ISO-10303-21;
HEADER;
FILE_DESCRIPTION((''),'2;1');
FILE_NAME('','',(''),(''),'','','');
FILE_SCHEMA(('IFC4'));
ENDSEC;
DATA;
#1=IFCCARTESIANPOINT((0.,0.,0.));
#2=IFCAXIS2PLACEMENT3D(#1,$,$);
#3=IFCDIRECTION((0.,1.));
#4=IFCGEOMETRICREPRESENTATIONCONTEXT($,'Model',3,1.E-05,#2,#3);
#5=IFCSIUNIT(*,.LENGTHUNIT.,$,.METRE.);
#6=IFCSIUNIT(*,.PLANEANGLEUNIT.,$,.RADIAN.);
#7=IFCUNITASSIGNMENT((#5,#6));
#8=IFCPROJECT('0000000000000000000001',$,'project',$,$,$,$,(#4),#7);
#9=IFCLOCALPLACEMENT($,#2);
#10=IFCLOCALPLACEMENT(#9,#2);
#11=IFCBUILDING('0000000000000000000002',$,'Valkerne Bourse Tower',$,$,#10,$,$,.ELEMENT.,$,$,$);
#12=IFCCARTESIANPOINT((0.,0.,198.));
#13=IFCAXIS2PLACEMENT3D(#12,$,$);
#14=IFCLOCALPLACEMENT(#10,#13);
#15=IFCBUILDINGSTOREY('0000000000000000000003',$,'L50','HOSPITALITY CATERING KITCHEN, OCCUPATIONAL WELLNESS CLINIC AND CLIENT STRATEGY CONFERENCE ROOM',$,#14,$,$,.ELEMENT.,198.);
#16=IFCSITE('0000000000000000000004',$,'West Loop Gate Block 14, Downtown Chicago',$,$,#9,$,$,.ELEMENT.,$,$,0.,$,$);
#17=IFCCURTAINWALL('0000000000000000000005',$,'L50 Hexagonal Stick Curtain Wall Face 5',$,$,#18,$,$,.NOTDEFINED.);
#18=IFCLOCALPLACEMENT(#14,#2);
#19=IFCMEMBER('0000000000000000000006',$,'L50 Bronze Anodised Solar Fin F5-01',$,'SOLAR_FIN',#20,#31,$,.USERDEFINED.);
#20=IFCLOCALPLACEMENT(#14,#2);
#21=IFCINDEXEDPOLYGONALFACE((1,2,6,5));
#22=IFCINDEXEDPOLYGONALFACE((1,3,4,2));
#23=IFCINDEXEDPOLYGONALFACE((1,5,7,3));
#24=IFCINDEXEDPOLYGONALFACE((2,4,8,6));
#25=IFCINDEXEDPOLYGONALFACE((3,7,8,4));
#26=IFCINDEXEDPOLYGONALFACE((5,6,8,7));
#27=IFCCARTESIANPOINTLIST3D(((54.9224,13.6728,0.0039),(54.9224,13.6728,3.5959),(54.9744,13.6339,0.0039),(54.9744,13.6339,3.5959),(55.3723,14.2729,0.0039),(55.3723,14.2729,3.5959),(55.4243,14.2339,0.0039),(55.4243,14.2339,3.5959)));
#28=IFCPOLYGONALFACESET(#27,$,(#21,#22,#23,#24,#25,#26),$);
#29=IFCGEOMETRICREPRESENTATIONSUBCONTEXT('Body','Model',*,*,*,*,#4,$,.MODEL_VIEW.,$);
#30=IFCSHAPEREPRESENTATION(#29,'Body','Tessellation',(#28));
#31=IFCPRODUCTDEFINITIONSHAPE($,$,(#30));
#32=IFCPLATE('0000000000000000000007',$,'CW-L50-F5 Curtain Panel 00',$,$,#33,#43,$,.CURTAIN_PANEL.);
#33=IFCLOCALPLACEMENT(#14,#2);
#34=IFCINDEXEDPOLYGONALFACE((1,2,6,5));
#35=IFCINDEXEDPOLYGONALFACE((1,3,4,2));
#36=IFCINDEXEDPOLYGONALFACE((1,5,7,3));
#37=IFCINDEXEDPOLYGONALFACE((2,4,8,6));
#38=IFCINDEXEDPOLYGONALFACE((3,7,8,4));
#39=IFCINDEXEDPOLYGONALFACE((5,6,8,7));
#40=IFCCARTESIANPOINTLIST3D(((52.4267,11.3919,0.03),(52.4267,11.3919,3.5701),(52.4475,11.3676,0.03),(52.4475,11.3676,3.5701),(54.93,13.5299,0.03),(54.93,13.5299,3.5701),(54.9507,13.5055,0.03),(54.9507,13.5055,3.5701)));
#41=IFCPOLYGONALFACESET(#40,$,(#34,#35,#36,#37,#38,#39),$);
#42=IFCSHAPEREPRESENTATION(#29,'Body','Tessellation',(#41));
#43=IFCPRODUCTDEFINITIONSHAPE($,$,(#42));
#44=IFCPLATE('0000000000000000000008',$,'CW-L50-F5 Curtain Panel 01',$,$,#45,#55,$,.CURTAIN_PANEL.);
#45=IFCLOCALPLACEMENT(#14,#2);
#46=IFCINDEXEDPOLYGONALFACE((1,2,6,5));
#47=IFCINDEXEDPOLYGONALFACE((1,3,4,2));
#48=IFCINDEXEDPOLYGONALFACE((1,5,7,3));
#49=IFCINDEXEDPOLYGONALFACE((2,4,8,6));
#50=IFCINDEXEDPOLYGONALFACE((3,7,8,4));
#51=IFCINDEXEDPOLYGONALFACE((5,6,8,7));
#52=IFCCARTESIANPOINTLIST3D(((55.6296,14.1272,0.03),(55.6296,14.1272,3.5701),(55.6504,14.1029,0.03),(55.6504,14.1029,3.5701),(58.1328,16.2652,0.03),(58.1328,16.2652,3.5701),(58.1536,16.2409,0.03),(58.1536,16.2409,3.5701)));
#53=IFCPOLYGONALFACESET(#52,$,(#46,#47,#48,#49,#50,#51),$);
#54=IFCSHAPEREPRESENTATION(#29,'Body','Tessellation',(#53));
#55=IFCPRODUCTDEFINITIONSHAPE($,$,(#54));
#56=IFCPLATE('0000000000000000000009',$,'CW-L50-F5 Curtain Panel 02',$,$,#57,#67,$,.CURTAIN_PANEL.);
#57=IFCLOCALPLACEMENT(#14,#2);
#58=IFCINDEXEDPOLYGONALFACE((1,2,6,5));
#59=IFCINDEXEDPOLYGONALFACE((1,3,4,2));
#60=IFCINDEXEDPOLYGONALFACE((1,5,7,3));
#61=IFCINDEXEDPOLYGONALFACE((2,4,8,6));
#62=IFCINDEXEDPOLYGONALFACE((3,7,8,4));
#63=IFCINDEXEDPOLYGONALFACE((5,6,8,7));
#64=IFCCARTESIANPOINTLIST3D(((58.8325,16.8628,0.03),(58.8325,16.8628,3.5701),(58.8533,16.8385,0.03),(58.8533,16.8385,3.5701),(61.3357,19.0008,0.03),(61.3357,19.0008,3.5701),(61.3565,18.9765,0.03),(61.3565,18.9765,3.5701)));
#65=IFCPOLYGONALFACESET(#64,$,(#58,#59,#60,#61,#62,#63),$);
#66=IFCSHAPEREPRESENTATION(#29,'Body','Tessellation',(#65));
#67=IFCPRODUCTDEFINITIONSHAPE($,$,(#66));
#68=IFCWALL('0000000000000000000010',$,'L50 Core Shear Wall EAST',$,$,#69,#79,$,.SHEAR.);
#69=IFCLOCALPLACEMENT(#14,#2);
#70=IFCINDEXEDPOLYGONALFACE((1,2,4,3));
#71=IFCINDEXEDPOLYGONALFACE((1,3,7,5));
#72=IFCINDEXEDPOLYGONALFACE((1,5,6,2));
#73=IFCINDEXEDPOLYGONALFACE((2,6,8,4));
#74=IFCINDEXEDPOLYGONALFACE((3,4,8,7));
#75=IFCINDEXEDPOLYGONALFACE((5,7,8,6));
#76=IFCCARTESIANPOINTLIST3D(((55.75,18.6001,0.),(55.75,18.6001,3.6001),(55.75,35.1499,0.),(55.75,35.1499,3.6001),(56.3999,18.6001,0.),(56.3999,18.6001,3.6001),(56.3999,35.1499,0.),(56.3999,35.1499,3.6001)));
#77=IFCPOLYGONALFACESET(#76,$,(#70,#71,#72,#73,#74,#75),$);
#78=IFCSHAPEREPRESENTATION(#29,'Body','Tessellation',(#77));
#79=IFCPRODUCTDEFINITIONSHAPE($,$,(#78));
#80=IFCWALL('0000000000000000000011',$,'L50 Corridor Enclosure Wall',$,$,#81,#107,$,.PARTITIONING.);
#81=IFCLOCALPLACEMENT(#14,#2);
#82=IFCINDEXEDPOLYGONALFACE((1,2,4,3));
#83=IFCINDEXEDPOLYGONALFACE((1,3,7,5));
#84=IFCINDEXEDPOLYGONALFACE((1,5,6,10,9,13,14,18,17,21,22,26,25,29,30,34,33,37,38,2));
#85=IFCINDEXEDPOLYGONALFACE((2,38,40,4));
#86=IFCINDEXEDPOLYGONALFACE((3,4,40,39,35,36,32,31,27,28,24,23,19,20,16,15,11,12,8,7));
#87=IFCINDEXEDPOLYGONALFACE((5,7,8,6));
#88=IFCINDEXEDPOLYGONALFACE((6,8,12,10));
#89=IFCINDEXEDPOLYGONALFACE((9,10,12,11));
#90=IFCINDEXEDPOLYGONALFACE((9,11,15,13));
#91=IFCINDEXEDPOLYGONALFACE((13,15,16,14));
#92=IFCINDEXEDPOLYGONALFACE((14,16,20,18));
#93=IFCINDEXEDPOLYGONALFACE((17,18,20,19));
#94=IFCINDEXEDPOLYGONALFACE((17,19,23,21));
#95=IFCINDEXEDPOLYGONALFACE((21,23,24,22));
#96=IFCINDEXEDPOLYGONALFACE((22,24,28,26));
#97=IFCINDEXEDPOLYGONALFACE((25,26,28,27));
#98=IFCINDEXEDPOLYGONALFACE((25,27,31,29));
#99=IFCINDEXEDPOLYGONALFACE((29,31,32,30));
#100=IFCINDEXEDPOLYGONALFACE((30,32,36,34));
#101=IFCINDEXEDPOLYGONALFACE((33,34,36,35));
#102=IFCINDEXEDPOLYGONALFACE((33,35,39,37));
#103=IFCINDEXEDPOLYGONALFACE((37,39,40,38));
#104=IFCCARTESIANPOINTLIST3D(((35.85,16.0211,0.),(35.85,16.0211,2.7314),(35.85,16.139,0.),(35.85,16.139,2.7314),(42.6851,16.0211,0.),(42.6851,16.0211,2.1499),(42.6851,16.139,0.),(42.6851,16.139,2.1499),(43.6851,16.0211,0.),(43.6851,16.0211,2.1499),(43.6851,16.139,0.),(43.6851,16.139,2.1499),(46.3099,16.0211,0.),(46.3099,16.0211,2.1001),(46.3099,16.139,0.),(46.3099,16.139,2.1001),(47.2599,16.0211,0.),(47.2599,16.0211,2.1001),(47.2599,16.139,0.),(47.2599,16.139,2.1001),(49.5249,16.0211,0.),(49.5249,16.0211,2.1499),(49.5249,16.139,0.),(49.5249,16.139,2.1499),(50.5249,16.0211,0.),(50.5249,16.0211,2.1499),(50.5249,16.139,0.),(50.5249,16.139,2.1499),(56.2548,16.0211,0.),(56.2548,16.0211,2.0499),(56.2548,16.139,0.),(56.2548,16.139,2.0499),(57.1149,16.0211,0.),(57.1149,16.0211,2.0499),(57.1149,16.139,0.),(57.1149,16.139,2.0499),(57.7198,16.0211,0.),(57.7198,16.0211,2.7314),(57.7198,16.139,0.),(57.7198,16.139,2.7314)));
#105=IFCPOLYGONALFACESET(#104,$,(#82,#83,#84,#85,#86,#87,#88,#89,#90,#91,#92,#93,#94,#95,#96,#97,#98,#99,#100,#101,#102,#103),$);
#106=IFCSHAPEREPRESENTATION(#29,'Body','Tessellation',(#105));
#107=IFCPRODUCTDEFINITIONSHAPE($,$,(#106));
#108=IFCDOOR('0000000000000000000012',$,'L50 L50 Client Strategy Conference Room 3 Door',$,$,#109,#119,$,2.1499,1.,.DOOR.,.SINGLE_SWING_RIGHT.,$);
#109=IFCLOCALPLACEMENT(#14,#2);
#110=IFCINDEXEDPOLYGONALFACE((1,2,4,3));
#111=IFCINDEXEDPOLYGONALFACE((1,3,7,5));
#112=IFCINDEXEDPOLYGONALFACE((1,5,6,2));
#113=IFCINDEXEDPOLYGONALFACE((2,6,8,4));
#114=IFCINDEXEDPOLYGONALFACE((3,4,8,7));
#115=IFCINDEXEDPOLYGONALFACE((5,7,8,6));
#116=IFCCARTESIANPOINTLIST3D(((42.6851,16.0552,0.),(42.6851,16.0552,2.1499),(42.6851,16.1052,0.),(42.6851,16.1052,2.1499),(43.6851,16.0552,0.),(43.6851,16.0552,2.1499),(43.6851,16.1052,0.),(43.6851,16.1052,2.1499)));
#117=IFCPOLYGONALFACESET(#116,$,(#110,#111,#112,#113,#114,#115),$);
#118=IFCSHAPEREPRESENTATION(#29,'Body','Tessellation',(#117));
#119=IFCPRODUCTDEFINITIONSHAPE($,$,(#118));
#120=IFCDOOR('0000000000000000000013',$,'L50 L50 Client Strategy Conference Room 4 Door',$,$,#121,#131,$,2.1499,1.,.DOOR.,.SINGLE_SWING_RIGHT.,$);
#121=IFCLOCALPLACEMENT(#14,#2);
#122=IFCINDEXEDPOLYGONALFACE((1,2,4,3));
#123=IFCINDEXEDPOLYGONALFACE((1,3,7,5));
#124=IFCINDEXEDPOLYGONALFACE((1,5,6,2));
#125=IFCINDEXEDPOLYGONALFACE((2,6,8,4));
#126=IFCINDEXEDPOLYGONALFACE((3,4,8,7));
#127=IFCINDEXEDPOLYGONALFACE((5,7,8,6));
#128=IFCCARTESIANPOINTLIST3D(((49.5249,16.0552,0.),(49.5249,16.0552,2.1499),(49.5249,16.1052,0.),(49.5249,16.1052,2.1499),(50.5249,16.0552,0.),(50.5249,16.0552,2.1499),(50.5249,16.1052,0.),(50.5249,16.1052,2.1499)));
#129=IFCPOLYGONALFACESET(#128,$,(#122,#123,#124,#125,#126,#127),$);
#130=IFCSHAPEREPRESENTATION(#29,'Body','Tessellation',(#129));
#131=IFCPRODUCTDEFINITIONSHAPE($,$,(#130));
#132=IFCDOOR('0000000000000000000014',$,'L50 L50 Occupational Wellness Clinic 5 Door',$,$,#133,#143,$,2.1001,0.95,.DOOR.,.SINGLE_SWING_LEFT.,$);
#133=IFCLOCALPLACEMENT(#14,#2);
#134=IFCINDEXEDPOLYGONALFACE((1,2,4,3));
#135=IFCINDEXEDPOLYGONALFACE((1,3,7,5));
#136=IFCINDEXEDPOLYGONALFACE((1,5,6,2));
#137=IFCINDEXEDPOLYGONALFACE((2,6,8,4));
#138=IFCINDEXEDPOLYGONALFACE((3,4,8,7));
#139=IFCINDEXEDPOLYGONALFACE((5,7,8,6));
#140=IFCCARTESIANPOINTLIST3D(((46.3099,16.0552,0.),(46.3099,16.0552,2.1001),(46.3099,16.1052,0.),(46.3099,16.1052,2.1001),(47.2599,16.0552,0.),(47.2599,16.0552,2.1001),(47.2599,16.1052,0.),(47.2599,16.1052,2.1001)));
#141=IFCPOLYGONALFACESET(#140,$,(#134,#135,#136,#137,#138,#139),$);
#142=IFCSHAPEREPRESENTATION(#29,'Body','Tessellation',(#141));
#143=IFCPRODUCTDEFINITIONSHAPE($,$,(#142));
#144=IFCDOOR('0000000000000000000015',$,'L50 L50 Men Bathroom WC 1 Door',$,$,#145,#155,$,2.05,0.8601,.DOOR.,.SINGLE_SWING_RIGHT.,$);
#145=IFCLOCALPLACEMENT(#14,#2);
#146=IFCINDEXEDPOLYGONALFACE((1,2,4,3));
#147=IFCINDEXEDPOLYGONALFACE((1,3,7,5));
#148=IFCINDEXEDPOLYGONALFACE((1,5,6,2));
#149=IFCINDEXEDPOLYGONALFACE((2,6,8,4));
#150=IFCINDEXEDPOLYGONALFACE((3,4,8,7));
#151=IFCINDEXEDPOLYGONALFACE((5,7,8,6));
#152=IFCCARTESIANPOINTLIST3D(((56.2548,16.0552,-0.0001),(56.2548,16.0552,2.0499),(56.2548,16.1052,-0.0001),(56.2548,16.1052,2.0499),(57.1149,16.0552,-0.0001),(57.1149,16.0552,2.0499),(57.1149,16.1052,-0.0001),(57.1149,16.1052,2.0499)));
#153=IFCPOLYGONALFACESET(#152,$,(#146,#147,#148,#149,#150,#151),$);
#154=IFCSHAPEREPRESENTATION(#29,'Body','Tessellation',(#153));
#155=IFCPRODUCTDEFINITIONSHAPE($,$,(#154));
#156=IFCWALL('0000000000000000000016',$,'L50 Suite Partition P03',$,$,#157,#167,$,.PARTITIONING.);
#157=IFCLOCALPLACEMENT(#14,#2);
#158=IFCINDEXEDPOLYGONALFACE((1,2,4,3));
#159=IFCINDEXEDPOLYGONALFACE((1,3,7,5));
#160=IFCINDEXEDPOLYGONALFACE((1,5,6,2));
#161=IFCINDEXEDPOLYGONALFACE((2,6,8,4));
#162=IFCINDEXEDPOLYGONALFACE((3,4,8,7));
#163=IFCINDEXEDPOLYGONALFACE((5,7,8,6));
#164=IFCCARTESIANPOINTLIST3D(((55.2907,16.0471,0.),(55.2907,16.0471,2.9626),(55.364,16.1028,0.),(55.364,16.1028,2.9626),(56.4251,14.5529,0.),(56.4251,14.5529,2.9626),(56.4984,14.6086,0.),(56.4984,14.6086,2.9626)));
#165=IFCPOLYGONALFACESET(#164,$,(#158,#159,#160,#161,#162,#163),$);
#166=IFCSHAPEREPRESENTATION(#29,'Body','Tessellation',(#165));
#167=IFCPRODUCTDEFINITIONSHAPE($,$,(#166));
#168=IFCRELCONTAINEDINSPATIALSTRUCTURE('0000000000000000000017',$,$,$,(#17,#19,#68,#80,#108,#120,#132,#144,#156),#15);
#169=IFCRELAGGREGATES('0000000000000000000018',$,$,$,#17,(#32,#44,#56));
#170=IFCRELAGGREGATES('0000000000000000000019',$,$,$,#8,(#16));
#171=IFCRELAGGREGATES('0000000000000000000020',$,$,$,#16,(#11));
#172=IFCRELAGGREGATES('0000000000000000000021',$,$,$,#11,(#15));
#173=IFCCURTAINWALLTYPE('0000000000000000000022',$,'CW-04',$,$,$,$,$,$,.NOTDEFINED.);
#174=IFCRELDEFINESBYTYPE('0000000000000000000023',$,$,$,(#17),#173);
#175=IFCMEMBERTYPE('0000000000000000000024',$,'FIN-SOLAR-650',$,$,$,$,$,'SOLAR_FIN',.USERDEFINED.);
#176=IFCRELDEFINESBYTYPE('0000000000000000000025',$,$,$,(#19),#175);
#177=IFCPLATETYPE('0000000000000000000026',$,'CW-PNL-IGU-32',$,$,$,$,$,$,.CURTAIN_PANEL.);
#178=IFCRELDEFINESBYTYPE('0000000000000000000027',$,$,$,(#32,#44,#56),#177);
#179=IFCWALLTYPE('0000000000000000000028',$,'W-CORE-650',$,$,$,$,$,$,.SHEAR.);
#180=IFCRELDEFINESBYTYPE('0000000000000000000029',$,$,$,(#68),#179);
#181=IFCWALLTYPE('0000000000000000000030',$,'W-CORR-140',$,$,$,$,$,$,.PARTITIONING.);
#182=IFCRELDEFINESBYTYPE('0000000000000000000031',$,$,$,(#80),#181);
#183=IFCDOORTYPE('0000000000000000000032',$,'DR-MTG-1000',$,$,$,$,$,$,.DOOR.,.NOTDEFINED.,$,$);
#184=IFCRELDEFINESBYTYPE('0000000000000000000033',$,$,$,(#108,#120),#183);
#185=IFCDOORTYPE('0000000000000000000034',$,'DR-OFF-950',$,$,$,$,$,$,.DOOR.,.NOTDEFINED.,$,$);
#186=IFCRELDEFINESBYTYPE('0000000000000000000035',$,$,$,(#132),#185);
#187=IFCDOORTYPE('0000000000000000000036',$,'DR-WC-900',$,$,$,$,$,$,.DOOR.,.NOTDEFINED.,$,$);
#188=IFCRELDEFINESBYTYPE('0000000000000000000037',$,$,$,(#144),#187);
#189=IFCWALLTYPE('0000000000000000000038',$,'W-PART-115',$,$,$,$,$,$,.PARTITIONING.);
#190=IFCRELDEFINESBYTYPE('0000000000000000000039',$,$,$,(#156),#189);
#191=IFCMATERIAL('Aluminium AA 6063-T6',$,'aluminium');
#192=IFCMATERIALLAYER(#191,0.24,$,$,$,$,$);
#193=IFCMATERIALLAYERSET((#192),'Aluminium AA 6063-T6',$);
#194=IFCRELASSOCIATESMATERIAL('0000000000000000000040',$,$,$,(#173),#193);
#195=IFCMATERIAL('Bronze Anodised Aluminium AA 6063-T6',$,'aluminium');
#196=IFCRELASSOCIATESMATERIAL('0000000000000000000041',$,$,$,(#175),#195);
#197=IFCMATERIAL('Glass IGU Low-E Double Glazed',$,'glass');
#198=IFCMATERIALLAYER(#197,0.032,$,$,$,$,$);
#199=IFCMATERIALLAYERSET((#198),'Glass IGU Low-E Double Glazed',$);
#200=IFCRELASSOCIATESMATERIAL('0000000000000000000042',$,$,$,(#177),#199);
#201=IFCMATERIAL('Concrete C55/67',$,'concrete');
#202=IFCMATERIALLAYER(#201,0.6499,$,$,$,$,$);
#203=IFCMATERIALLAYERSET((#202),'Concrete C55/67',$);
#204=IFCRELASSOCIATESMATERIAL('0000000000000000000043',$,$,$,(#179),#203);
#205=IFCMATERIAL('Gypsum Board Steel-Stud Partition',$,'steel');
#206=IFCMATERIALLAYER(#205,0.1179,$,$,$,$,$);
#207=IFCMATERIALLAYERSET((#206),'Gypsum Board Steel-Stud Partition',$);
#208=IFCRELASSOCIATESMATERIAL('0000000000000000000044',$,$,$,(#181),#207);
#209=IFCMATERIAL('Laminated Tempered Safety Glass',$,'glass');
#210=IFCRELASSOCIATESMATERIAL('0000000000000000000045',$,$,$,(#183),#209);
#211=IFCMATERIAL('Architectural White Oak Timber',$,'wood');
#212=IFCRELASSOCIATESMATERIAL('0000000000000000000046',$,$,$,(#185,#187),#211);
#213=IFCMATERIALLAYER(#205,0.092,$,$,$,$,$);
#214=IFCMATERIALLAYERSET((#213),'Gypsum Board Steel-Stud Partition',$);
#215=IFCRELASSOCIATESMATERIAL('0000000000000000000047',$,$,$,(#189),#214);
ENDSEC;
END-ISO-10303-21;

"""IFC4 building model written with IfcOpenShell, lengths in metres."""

from ifc_helpers import new_model, si_unit, direction, frame, frame_2d, origin, origin_2d, place, context, subcontext, project, spatial, rectangle, extrude, material, layer, layer_set, material_profile, profile_set, type_object, element, fill, aggregate, save


model = new_model("IFC4")

# Units and contexts
model_context = context("Model", 3, precision=1e-05, world=origin(), true_north=direction((0.0, 1.0)))
body_context = subcontext(model_context, "Body", "Model", "MODEL_VIEW")
ifc_project = project(units=[si_unit("LENGTHUNIT", "METRE"), si_unit("PLANEANGLEUNIT", "RADIAN")], contexts=[model_context])

# Site, building, storey
site_placement = place(None, origin())
site = spatial("IfcSite", under=ifc_project, at=site_placement, Name="West Loop Gate Block 14, Downtown Chicago", CompositionType="ELEMENT", RefElevation=0.0)
building_placement = place(site_placement, origin())
building = spatial("IfcBuilding", under=site, at=building_placement, Name="Valkerne Bourse Tower", CompositionType="ELEMENT")
storey_placement = place(building_placement, frame((0.0, 0.0, 198.0)))
storey = spatial("IfcBuildingStorey", under=building, at=storey_placement, Name="L50", Description="HOSPITALITY CATERING KITCHEN, OCCUPATIONAL WELLNESS CLINIC AND CLIENT STRATEGY CONFERENCE ROOM", CompositionType="ELEMENT", Elevation=198.0)

# Curtain wall
ifc_material_1 = material(Name="Aluminium AA 6063-T6", Category="aluminium")
ifc_layer_1 = layer(ifc_material_1, 0.24)
ifc_layer_set_1 = layer_set([ifc_layer_1], Name="Aluminium AA 6063-T6")
curtain_wall_type = type_object("IfcCurtainWallType", Name="CW-04", PredefinedType="NOTDEFINED", material=ifc_layer_set_1)
curtain_wall_placement = place(storey_placement, origin())
curtain_wall = element("IfcCurtainWall", 1, at=curtain_wall_placement, inside=storey, type_object=curtain_wall_type, Name="L50 Hexagonal Stick Curtain Wall Face 5", PredefinedType="NOTDEFINED")

# Member
ifc_material_2 = material(Name="Bronze Anodised Aluminium AA 6063-T6", Category="aluminium")
ifc_material_profile_1 = material_profile(ifc_material_2, rectangle(XDim=0.0649, YDim=0.75, at=origin_2d()), Name="FIN-65X750")
ifc_profile_set_1 = profile_set([ifc_material_profile_1], Name="Bronze Anodised Aluminium AA 6063-T6")
member_type_1 = type_object("IfcMemberType", Name="FIN-SOLAR-650", ElementType="SOLAR_FIN", PredefinedType="USERDEFINED", material=ifc_profile_set_1)
member_1_placement = place(storey_placement, frame((55.1733, 13.9534, 0.0039), z_axis=(0.0, 0.0, 1.0), x_axis=(0.800069, -0.599908, 0.0)))
element("IfcMember", 2, at=member_1_placement, inside=storey, type_object=member_type_1, Name="L50 Bronze Anodised Solar Fin F5-01", ObjectType="SOLAR_FIN", PredefinedType="USERDEFINED", context=body_context, shape_type="SweptSolid", body=[
    extrude(rectangle(XDim=0.0649, YDim=0.75, at=origin_2d()), origin(), (0.0, 0.0, 1.0), 3.592),
])

# Plates
ifc_material_3 = material(Name="Glass IGU Low-E Double Glazed", Category="glass")
ifc_layer_2 = layer(ifc_material_3, 0.032)
ifc_layer_set_2 = layer_set([ifc_layer_2], Name="Glass IGU Low-E Double Glazed")
plate_type = type_object("IfcPlateType", Name="CW-PNL-IGU-32", PredefinedType="CURTAIN_PANEL", material=ifc_layer_set_2)
plate_1_placement = place(storey_placement, frame((53.6887, 12.4487, 0.03), z_axis=(0.0, 0.0, 1.0), x_axis=(0.760412, 0.649441, 0.0)))
plate_1 = element("IfcPlate", 3, at=plate_1_placement, type_object=plate_type, Name="CW-L50-F5 Curtain Panel 00", PredefinedType="CURTAIN_PANEL", context=body_context, shape_type="SweptSolid", body=[
    extrude(rectangle(XDim=3.292, YDim=0.032, at=origin_2d()), origin(), (0.0, 0.0, 1.0), 3.54),
])
plate_2_placement = place(storey_placement, frame((56.8916, 15.1841, 0.03), z_axis=(0.0, 0.0, 1.0), x_axis=(0.7604, 0.649455, 0.0)))
plate_2 = element("IfcPlate", 4, at=plate_2_placement, type_object=plate_type, Name="CW-L50-F5 Curtain Panel 01", PredefinedType="CURTAIN_PANEL", context=body_context, shape_type="SweptSolid", body=[
    extrude(rectangle(XDim=3.292, YDim=0.032, at=origin_2d()), origin(), (0.0, 0.0, 1.0), 3.54),
])
plate_3_placement = place(storey_placement, frame((60.0945, 17.9197, 0.03), z_axis=(0.0, 0.0, 1.0), x_axis=(0.7604, 0.649455, 0.0)))
plate_3 = element("IfcPlate", 5, at=plate_3_placement, type_object=plate_type, Name="CW-L50-F5 Curtain Panel 02", PredefinedType="CURTAIN_PANEL", context=body_context, shape_type="SweptSolid", body=[
    extrude(rectangle(XDim=3.292, YDim=0.032, at=origin_2d()), origin(), (0.0, 0.0, 1.0), 3.54),
])
aggregate(curtain_wall, [plate_1, plate_2, plate_3])

# Wall
ifc_material_4 = material(Name="Concrete C55/67", Category="concrete")
ifc_layer_3 = layer(ifc_material_4, 0.6499)
ifc_layer_set_3 = layer_set([ifc_layer_3], Name="Concrete C55/67")
wall_type_1 = type_object("IfcWallType", Name="W-CORE-650", PredefinedType="SHEAR", material=ifc_layer_set_3)
wall_1_placement = place(storey_placement, frame((56.075, 18.6001, 0.0), z_axis=(0.0, 0.0, 1.0), x_axis=(0.0, 1.0, 0.0)))
element("IfcWall", 6, at=wall_1_placement, inside=storey, type_object=wall_type_1, Name="L50 Core Shear Wall EAST", PredefinedType="SHEAR", context=body_context, shape_type="SweptSolid", body=[
    extrude(rectangle(XDim=16.5498, YDim=0.6499, at=frame_2d((8.2749, 0.0))), origin(), (0.0, 0.0, 1.0), 3.6001),
])

# Wall, openings, doors
ifc_material_5 = material(Name="Gypsum Board Steel-Stud Partition", Category="steel")
ifc_layer_4 = layer(ifc_material_5, 0.1179)
ifc_layer_set_4 = layer_set([ifc_layer_4], Name="Gypsum Board Steel-Stud Partition")
wall_type_2 = type_object("IfcWallType", Name="W-CORR-140", PredefinedType="PARTITIONING", material=ifc_layer_set_4)
wall_2_placement = place(storey_placement, frame((57.72, 16.0801, 0.0), z_axis=(0.0, 0.0, 1.0), x_axis=(-1.0, 0.0, 0.0)))
wall_2 = element("IfcWall", 7, at=wall_2_placement, inside=storey, type_object=wall_type_2, Name="L50 Corridor Enclosure Wall", PredefinedType="PARTITIONING", context=body_context, shape_type="SweptSolid", body=[
    extrude(rectangle(XDim=21.8699, YDim=0.1179, at=frame_2d((10.9351, 0.0))), origin(), (0.0, 0.0, 1.0), 2.7314),
])
opening_1_placement = place(wall_2_placement, frame((0.605, 0.0, 0.0)))
opening_1 = element("IfcOpeningElement", 8, at=opening_1_placement, cuts=wall_2, PredefinedType="OPENING", context=body_context, shape_type="SweptSolid", body=[
    extrude(rectangle(XDim=0.8601, YDim=2.05, at=frame_2d((0.4302, 1.0249))), frame((0.0, 0.0688, 0.0), z_axis=(0.0, -1.0, 0.0), x_axis=(1.0, 0.0, 0.0)), (0.0, 0.0, 1.0), 0.1379),
])
opening_2_placement = place(wall_2_placement, frame((14.0349, 0.0, 0.0)))
opening_2 = element("IfcOpeningElement", 9, at=opening_2_placement, cuts=wall_2, PredefinedType="OPENING", context=body_context, shape_type="SweptSolid", body=[
    extrude(rectangle(XDim=1.0, YDim=2.1499, at=frame_2d((0.5, 1.075))), frame((0.0, 0.0688, 0.0), z_axis=(0.0, -1.0, 0.0), x_axis=(1.0, 0.0, 0.0)), (0.0, 0.0, 1.0), 0.1379),
])
opening_3_placement = place(wall_2_placement, frame((7.1951, 0.0, 0.0)))
opening_3 = element("IfcOpeningElement", 10, at=opening_3_placement, cuts=wall_2, PredefinedType="OPENING", context=body_context, shape_type="SweptSolid", body=[
    extrude(rectangle(XDim=1.0, YDim=2.1499, at=frame_2d((0.5, 1.075))), frame((0.0, 0.0688, 0.0), z_axis=(0.0, -1.0, 0.0), x_axis=(1.0, 0.0, 0.0)), (0.0, 0.0, 1.0), 0.1379),
])
opening_4_placement = place(wall_2_placement, frame((10.46, 0.0, 0.0)))
opening_4 = element("IfcOpeningElement", 11, at=opening_4_placement, cuts=wall_2, PredefinedType="OPENING", context=body_context, shape_type="SweptSolid", body=[
    extrude(rectangle(XDim=0.95, YDim=2.1001, at=frame_2d((0.4751, 1.05))), frame((0.0, 0.0688, 0.0), z_axis=(0.0, -1.0, 0.0), x_axis=(1.0, 0.0, 0.0)), (0.0, 0.0, 1.0), 0.1379),
])
ifc_material_6 = material(Name="Laminated Tempered Safety Glass", Category="glass")
door_type_1 = type_object("IfcDoorType", Name="DR-MTG-1000", OperationType="NOTDEFINED", PredefinedType="DOOR", material=ifc_material_6)
door_1_placement = place(opening_2_placement, origin())
door_1 = element("IfcDoor", 12, at=door_1_placement, inside=storey, type_object=door_type_1, Name="L50 L50 Client Strategy Conference Room 3 Door", OperationType="SINGLE_SWING_RIGHT", OverallHeight=2.1499, OverallWidth=1.0, PredefinedType="DOOR", context=body_context, shape_type="SweptSolid", body=[
    extrude(rectangle(XDim=1.0, YDim=2.1499, at=frame_2d((0.5, 1.075))), frame((0.0, 0.0249, 0.0), z_axis=(0.0, -1.0, 0.0), x_axis=(1.0, 0.0, 0.0)), (0.0, 0.0, 1.0), 0.05),
])
fill(opening_2, door_1)
door_2_placement = place(opening_3_placement, origin())
door_2 = element("IfcDoor", 13, at=door_2_placement, inside=storey, type_object=door_type_1, Name="L50 L50 Client Strategy Conference Room 4 Door", OperationType="SINGLE_SWING_RIGHT", OverallHeight=2.1499, OverallWidth=1.0, PredefinedType="DOOR", context=body_context, shape_type="SweptSolid", body=[
    extrude(rectangle(XDim=1.0, YDim=2.1499, at=frame_2d((0.5, 1.075))), frame((0.0, 0.0249, 0.0), z_axis=(0.0, -1.0, 0.0), x_axis=(1.0, 0.0, 0.0)), (0.0, 0.0, 1.0), 0.05),
])
fill(opening_3, door_2)
ifc_material_7 = material(Name="Architectural White Oak Timber", Category="wood")
door_type_2 = type_object("IfcDoorType", Name="DR-OFF-950", OperationType="NOTDEFINED", PredefinedType="DOOR", material=ifc_material_7)
door_3_placement = place(opening_4_placement, origin())
door_3 = element("IfcDoor", 14, at=door_3_placement, inside=storey, type_object=door_type_2, Name="L50 L50 Occupational Wellness Clinic 5 Door", OperationType="SINGLE_SWING_LEFT", OverallHeight=2.1001, OverallWidth=0.95, PredefinedType="DOOR", context=body_context, shape_type="SweptSolid", body=[
    extrude(rectangle(XDim=0.95, YDim=2.1001, at=frame_2d((0.4751, 1.05))), frame((0.0, 0.0249, 0.0), z_axis=(0.0, -1.0, 0.0), x_axis=(1.0, 0.0, 0.0)), (0.0, 0.0, 1.0), 0.05),
])
fill(opening_4, door_3)
door_type_3 = type_object("IfcDoorType", Name="DR-WC-900", OperationType="NOTDEFINED", PredefinedType="DOOR", material=ifc_material_7)
door_4_placement = place(opening_1_placement, origin())
door_4 = element("IfcDoor", 15, at=door_4_placement, inside=storey, type_object=door_type_3, Name="L50 L50 Men Bathroom WC 1 Door", OperationType="SINGLE_SWING_RIGHT", OverallHeight=2.05, OverallWidth=0.8601, PredefinedType="DOOR", context=body_context, shape_type="SweptSolid", body=[
    extrude(rectangle(XDim=0.8601, YDim=2.05, at=frame_2d((0.4302, 1.0249))), frame((0.0, 0.0249, 0.0), z_axis=(0.0, -1.0, 0.0), x_axis=(1.0, 0.0, 0.0)), (0.0, 0.0, 1.0), 0.05),
])
fill(opening_1, door_4)

# Wall
ifc_layer_5 = layer(ifc_material_5, 0.092)
ifc_layer_set_5 = layer_set([ifc_layer_5], Name="Gypsum Board Steel-Stud Partition")
wall_type_3 = type_object("IfcWallType", Name="W-PART-115", PredefinedType="PARTITIONING", material=ifc_layer_set_5)
wall_3_placement = place(storey_placement, frame((55.3274, 16.075, 0.0), z_axis=(0.0, 0.0, 1.0), x_axis=(0.604654, -0.796488, 0.0)))
element("IfcWall", 16, at=wall_3_placement, inside=storey, type_object=wall_type_3, Name="L50 Suite Partition P03", PredefinedType="PARTITIONING", context=body_context, shape_type="SweptSolid", body=[
    extrude(rectangle(XDim=1.876, YDim=0.092, at=frame_2d((0.938, 0.0))), origin(), (0.0, 0.0, 1.0), 2.9626),
])

save(model, "model.ifc")
